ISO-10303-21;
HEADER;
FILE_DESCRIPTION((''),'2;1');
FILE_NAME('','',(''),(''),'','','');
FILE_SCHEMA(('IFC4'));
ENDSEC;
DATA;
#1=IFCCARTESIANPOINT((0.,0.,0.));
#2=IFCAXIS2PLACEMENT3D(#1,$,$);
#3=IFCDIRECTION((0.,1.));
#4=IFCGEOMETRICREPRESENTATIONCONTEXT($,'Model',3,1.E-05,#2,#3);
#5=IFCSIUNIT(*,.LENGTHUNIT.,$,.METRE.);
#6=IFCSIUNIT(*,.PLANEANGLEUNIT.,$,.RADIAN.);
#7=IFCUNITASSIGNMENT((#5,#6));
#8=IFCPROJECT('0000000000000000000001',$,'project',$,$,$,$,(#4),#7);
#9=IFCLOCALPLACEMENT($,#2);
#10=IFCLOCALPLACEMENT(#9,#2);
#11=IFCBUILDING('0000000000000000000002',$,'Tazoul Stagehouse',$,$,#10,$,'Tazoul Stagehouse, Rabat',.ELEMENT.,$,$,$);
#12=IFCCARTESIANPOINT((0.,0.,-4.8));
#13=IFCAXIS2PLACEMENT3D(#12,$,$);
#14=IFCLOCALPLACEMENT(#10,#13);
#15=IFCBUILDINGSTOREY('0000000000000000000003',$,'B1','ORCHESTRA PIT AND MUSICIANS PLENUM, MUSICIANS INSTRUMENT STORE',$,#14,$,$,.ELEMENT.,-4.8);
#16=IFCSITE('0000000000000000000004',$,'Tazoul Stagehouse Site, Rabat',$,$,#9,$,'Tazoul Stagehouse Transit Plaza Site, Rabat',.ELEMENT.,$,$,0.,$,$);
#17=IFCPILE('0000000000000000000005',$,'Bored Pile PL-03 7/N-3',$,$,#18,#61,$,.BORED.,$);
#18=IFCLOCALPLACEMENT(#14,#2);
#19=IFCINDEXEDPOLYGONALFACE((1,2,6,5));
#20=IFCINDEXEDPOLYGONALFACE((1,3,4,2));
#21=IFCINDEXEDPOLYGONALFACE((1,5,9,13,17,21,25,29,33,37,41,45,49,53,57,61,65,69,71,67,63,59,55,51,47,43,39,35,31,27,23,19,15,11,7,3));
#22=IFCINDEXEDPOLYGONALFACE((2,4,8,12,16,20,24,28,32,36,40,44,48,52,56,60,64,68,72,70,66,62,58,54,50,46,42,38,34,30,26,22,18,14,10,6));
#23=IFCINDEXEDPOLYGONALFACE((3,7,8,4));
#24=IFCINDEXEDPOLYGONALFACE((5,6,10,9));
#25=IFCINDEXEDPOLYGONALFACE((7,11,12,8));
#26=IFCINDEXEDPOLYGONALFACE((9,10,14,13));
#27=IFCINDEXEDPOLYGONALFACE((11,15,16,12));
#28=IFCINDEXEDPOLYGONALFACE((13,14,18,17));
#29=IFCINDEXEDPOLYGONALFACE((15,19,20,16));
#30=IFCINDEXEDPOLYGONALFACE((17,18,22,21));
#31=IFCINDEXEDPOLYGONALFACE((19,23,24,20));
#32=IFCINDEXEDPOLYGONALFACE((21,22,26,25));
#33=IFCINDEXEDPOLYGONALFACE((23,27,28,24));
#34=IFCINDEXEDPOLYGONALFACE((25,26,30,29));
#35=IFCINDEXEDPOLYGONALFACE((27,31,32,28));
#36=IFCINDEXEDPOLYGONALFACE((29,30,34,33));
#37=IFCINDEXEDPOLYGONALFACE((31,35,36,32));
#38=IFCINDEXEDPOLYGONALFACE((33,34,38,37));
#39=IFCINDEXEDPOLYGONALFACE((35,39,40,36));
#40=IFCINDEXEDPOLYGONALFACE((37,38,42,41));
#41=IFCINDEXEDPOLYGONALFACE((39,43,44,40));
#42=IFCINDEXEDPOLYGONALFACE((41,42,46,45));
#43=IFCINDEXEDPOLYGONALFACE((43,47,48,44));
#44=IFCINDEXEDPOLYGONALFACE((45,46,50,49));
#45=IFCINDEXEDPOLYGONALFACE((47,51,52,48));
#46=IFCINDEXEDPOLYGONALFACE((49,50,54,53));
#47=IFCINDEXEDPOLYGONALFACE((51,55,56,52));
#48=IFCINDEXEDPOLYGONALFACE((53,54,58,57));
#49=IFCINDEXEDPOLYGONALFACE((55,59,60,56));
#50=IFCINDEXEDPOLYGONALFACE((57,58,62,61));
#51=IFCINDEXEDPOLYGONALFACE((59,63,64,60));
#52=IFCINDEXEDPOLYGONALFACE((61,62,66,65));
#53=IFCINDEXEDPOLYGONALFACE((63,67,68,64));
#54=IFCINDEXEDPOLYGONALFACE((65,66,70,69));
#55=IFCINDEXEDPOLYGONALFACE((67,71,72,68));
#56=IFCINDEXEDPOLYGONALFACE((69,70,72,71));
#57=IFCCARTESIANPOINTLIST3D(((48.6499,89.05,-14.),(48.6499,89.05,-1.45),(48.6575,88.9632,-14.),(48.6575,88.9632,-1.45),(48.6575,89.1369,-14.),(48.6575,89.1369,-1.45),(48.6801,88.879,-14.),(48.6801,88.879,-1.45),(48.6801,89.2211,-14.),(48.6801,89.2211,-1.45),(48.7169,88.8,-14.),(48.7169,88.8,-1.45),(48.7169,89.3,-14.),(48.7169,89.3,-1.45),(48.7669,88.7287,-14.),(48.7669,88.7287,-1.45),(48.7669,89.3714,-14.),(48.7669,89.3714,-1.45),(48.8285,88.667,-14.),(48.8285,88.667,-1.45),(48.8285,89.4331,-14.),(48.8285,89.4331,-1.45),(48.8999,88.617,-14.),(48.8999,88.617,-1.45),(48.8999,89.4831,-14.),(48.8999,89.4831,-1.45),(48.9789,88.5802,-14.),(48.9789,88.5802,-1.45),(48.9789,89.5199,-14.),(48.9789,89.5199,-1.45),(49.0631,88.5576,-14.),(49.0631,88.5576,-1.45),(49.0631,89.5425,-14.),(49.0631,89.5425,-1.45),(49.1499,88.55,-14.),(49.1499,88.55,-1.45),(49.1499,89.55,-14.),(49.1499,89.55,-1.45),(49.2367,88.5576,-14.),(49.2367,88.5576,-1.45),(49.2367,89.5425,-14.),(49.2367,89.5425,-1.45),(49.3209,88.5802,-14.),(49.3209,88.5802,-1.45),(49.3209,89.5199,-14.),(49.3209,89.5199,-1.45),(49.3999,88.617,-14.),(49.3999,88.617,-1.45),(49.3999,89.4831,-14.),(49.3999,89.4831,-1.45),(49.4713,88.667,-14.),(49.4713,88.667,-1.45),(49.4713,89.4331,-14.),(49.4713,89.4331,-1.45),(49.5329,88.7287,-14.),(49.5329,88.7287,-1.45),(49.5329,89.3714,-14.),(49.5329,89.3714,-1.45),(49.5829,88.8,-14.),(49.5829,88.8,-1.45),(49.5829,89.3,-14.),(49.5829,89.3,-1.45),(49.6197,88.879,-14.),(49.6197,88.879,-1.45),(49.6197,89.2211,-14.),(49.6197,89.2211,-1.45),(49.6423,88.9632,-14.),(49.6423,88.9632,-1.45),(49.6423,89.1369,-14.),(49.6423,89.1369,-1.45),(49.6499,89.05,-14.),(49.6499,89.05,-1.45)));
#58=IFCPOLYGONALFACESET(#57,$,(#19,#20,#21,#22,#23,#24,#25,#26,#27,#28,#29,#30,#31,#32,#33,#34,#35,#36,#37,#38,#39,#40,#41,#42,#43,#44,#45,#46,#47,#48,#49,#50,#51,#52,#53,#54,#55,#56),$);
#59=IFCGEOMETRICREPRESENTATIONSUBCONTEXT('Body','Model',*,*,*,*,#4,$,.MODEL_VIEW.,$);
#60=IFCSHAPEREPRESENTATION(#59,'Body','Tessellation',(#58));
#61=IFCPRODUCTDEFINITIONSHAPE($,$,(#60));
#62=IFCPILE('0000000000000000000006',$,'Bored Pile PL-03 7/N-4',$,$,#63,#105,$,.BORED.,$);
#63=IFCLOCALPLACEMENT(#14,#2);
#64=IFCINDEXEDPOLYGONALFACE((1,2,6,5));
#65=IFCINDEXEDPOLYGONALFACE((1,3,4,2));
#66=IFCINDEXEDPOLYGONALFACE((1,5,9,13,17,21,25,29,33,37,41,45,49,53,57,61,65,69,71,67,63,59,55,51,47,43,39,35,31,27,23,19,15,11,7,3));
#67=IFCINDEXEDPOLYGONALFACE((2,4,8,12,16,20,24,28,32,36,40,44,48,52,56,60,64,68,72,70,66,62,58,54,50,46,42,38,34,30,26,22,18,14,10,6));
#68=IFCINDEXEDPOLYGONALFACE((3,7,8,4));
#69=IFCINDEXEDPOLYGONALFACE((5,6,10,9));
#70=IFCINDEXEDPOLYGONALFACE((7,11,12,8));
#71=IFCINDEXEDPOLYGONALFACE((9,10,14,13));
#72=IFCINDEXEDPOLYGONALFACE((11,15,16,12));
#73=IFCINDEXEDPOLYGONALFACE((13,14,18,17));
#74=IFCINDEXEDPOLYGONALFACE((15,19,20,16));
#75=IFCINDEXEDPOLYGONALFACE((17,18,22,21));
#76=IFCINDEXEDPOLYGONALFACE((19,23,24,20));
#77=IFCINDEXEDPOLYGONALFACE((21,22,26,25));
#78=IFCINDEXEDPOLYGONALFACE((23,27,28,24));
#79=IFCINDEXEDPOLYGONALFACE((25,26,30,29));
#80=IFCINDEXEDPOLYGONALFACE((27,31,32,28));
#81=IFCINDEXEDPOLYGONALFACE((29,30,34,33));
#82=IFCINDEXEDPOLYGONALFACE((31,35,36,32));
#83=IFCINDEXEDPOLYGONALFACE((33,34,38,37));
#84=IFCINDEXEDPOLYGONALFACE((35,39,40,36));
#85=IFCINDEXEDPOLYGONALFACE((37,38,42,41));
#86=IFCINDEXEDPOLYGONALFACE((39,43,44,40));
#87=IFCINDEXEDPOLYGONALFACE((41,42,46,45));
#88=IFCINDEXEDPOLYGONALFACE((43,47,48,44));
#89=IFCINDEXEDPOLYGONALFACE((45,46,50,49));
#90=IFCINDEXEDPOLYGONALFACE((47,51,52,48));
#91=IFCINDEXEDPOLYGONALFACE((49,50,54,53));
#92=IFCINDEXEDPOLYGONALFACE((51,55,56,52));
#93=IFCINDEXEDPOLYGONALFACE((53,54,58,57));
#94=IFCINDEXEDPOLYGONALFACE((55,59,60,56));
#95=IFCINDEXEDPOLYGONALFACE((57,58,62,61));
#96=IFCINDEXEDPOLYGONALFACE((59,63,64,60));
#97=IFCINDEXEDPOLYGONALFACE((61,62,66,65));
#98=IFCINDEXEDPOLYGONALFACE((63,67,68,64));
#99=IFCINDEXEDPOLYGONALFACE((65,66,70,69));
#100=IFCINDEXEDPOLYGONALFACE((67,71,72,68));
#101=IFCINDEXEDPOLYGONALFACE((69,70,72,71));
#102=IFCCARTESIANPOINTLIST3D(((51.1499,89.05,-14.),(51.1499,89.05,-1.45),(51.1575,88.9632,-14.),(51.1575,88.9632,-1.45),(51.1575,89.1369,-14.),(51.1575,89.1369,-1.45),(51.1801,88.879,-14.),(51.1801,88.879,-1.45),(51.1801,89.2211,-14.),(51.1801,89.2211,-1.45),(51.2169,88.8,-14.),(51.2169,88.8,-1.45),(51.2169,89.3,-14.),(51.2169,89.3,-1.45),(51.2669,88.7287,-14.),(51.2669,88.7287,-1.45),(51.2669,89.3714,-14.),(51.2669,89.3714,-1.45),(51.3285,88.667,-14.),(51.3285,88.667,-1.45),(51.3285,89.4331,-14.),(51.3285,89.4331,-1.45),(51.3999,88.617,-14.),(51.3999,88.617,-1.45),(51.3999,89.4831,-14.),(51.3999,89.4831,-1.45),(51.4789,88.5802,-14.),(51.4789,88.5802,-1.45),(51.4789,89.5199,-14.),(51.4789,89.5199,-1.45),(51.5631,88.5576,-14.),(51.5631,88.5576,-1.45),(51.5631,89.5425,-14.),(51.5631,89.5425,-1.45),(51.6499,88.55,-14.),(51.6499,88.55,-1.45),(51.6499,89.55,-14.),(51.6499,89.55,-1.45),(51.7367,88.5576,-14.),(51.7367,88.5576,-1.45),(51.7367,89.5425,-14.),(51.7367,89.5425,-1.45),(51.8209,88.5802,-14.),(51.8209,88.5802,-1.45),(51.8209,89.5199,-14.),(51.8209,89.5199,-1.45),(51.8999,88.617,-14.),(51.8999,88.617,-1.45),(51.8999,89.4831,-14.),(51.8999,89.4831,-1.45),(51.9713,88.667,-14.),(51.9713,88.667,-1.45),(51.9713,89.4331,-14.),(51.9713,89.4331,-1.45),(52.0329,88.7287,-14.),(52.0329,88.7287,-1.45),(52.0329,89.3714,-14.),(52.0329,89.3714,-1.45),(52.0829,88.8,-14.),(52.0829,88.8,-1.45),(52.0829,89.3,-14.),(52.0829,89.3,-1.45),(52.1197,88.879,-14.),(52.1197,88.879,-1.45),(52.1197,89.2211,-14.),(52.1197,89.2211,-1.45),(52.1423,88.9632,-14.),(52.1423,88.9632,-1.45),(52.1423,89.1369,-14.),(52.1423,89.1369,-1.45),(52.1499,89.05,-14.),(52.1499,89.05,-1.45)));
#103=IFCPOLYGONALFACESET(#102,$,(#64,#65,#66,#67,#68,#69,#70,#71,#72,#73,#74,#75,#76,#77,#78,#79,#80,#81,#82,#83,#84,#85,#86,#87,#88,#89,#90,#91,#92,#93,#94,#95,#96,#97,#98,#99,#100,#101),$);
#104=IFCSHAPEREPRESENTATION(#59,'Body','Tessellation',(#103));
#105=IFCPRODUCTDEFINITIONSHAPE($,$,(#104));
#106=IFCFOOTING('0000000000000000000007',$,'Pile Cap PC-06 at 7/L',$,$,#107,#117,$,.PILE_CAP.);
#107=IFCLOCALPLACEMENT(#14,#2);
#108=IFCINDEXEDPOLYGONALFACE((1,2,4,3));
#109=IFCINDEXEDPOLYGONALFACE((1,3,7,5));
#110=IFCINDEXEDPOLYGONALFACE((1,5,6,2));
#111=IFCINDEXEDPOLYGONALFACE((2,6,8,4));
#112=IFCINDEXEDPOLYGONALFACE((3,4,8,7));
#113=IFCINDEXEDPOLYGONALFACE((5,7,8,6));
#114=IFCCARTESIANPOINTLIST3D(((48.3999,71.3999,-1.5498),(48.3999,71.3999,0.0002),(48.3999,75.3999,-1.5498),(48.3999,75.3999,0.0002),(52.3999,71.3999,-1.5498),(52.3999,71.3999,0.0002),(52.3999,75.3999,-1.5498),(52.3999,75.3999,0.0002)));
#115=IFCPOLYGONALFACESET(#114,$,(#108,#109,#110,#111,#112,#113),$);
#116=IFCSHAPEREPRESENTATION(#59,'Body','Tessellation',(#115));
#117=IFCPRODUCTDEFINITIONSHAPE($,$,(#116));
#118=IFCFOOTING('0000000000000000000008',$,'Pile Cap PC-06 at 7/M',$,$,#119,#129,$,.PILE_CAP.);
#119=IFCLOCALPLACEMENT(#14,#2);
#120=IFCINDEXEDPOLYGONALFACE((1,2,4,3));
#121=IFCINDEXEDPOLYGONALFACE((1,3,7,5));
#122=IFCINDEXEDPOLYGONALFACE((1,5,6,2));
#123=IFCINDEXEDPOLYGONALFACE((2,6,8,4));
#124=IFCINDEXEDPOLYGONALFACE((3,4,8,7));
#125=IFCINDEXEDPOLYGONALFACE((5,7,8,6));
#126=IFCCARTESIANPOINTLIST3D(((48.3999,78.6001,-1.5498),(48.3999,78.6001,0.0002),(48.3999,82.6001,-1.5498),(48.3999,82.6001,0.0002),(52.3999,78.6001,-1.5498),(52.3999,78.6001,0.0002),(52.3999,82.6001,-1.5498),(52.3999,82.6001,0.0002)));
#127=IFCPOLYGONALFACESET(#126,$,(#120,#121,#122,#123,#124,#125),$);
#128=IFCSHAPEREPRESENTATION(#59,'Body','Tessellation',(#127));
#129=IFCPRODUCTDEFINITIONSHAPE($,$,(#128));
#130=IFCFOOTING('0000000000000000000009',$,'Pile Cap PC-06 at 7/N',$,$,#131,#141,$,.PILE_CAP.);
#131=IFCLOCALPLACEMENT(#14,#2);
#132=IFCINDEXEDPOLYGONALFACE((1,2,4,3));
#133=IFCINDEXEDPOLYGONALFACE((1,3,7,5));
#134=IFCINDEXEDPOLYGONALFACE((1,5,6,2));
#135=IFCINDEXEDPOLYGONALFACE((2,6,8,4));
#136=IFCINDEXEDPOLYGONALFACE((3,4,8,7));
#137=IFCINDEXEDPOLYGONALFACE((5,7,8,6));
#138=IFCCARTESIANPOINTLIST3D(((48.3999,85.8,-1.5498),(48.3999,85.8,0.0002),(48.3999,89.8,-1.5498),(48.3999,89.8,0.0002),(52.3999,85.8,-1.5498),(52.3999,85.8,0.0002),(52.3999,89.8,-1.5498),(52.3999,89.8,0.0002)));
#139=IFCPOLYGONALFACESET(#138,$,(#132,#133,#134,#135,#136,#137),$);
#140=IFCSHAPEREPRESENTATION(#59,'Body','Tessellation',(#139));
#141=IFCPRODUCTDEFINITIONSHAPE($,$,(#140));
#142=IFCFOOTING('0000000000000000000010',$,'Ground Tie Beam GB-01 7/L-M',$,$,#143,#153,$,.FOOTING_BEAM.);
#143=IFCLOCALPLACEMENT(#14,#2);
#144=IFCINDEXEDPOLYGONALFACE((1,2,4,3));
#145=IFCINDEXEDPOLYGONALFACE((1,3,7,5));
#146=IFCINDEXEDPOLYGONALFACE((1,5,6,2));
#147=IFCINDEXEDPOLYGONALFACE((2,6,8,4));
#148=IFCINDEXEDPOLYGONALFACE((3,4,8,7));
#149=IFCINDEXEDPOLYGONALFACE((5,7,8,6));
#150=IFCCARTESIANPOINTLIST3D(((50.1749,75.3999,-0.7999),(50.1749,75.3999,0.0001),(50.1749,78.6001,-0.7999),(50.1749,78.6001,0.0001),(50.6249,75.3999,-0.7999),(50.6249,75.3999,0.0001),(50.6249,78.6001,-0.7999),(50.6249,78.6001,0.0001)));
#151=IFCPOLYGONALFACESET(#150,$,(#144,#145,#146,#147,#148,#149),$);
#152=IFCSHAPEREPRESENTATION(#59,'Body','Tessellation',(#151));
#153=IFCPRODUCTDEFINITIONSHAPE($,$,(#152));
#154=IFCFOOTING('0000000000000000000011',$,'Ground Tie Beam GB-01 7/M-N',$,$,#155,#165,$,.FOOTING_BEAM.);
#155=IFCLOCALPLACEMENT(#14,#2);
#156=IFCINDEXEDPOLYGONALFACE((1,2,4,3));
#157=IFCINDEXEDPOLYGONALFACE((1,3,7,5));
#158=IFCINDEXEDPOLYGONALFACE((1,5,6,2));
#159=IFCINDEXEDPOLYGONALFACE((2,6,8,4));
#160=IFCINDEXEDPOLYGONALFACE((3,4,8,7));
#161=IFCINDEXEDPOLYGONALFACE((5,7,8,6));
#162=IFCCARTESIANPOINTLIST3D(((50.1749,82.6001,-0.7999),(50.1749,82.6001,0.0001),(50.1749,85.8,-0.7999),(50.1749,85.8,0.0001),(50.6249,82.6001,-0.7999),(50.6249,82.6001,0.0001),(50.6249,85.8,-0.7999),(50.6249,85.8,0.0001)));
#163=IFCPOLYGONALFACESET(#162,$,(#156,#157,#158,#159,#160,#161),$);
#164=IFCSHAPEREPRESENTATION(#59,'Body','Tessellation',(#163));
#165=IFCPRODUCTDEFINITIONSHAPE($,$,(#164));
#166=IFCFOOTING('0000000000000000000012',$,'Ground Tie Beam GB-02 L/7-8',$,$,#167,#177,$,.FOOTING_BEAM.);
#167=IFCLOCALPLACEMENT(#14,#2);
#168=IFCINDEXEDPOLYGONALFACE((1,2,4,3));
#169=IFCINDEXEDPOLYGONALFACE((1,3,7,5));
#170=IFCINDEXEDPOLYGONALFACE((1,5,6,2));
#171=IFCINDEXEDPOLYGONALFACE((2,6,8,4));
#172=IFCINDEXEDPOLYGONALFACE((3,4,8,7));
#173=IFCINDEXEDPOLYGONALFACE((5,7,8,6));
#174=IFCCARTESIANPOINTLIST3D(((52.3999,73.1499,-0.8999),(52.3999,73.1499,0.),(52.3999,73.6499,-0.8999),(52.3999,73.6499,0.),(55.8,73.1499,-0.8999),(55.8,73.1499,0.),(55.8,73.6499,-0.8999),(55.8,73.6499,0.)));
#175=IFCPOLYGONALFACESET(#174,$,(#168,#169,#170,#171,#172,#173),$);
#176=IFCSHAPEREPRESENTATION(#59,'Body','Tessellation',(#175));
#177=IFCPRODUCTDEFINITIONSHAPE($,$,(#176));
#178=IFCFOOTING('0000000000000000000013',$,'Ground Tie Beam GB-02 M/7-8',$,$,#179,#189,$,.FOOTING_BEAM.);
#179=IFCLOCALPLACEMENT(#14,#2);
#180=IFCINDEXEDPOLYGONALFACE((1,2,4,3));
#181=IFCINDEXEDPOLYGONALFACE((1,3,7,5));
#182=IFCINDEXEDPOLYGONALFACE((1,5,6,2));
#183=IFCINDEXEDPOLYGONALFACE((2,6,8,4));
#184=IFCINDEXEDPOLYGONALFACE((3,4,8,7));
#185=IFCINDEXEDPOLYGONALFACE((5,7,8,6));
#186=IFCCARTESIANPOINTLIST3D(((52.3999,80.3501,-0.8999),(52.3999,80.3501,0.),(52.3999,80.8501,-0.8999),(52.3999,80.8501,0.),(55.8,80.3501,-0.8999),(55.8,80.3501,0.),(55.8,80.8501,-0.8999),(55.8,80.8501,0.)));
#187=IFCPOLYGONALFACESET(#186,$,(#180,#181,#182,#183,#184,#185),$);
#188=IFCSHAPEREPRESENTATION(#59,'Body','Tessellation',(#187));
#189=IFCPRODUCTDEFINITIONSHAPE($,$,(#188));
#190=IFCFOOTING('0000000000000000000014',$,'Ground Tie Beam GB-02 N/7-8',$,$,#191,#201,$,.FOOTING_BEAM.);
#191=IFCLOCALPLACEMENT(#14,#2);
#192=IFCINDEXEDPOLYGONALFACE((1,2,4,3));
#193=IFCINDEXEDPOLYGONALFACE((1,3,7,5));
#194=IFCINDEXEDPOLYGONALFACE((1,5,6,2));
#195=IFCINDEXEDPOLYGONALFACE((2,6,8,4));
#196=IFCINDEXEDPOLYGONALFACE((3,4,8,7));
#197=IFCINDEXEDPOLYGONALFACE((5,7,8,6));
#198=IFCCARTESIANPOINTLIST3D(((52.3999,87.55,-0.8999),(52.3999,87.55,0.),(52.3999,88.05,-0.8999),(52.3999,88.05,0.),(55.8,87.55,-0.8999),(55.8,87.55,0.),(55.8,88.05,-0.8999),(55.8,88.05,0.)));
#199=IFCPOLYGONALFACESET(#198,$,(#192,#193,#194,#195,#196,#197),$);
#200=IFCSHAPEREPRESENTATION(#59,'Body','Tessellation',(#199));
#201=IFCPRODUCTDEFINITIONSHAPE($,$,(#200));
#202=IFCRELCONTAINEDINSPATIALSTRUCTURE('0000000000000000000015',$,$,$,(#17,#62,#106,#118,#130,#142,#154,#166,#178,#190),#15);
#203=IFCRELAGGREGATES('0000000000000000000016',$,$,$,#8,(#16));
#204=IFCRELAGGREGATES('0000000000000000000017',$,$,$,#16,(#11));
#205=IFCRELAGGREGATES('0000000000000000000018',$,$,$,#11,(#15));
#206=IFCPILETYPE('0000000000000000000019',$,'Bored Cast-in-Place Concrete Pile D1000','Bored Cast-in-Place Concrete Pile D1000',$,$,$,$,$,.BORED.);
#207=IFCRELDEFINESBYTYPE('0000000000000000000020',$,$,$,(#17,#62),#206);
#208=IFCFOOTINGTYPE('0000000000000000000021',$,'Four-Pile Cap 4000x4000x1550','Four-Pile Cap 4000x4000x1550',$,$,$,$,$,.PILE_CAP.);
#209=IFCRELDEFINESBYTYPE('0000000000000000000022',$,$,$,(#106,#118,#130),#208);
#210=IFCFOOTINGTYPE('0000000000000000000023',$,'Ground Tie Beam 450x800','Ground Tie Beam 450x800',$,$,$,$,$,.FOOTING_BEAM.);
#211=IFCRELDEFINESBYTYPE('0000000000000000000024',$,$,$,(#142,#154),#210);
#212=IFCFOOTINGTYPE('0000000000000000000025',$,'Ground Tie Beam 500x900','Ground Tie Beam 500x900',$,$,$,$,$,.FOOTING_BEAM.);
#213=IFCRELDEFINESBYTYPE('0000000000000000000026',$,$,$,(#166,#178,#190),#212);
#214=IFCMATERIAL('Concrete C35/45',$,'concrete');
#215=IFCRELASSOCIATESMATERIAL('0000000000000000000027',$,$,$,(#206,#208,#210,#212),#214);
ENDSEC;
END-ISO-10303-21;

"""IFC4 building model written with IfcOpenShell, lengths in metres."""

from ifc_helpers import new_model, si_unit, direction, frame, origin, origin_2d, place, context, subcontext, project, spatial, rectangle, circle, extrude, material, material_profile, profile_set, type_object, element, save


model = new_model("IFC4")

# Units and contexts
model_context = context("Model", 3, precision=1e-05, world=origin(), true_north=direction((0.0, 1.0)))
body_context = subcontext(model_context, "Body", "Model", "MODEL_VIEW")
ifc_project = project(units=[si_unit("LENGTHUNIT", "METRE"), si_unit("PLANEANGLEUNIT", "RADIAN")], contexts=[model_context])

# Site, building, storey
site_placement = place(None, origin())
site = spatial("IfcSite", under=ifc_project, at=site_placement, Name="Tazoul Stagehouse Site, Rabat", LongName="Tazoul Stagehouse Transit Plaza Site, Rabat", CompositionType="ELEMENT", RefElevation=0.0)
building_placement = place(site_placement, origin())
building = spatial("IfcBuilding", under=site, at=building_placement, Name="Tazoul Stagehouse", LongName="Tazoul Stagehouse, Rabat", CompositionType="ELEMENT")
storey_placement = place(building_placement, frame((0.0, 0.0, -4.8)))
storey = spatial("IfcBuildingStorey", under=building, at=storey_placement, Name="B1", Description="ORCHESTRA PIT AND MUSICIANS PLENUM, MUSICIANS INSTRUMENT STORE", CompositionType="ELEMENT", Elevation=-4.8)

# Piles
ifc_material_1 = material(Name="Concrete C35/45", Category="concrete")
ifc_material_profile_1 = material_profile(ifc_material_1, circle(Radius=0.5, at=origin_2d()), Name="BORED PILE 1000")
ifc_profile_set_1 = profile_set([ifc_material_profile_1], Name="Concrete C35/45")
pile_type = type_object("IfcPileType", Name="Bored Cast-in-Place Concrete Pile D1000", Description="Bored Cast-in-Place Concrete Pile D1000", PredefinedType="BORED", material=ifc_profile_set_1)
for number, where, z_axis, x_axis, name in (
    (1, (49.1499, 89.05, -1.45), (0.0, 0.0, -1.0), (1.0, 0.0, 0.0), "Bored Pile PL-03 7/N-3"),
    (2, (51.6499, 89.05, -1.45), (0.0, 0.0, -1.0), (1.0, 0.0, 0.0), "Bored Pile PL-03 7/N-4"),
):
    element("IfcPile", number, at=place(storey_placement, frame(where, z_axis=z_axis, x_axis=x_axis)), inside=storey, type_object=pile_type, Name=name, PredefinedType="BORED", context=body_context, shape_type="SweptSolid", body=[
        extrude(circle(Radius=0.5, at=origin_2d()), origin(), (0.0, 0.0, 1.0), 12.55),
    ])

# Footings
footing_type_1 = type_object("IfcFootingType", Name="Four-Pile Cap 4000x4000x1550", Description="Four-Pile Cap 4000x4000x1550", PredefinedType="PILE_CAP", material=ifc_material_1)
for number, where, z_axis, x_axis, name in (
    (3, (50.3999, 73.3999, -1.5498), (0.0, 0.0, 1.0), (1.0, 0.0, 0.0), "Pile Cap PC-06 at 7/L"),
    (4, (50.3999, 80.6001, -1.5498), (0.0, 0.0, 1.0), (1.0, 0.0, 0.0), "Pile Cap PC-06 at 7/M"),
    (5, (50.3999, 87.8, -1.5498), (0.0, 0.0, 1.0), (1.0, 0.0, 0.0), "Pile Cap PC-06 at 7/N"),
):
    element("IfcFooting", number, at=place(storey_placement, frame(where, z_axis=z_axis, x_axis=x_axis)), inside=storey, type_object=footing_type_1, Name=name, PredefinedType="PILE_CAP", context=body_context, shape_type="SweptSolid", body=[
        extrude(rectangle(XDim=4.0, YDim=4.0, at=origin_2d()), origin(), (0.0, 0.0, 1.0), 1.55),
    ])
ifc_material_profile_2 = material_profile(ifc_material_1, rectangle(XDim=0.45, YDim=0.8, at=origin_2d()), Name="RC 450x800")
ifc_profile_set_2 = profile_set([ifc_material_profile_2], Name="Concrete C35/45")
footing_type_2 = type_object("IfcFootingType", Name="Ground Tie Beam 450x800", Description="Ground Tie Beam 450x800", PredefinedType="FOOTING_BEAM", material=ifc_profile_set_2)
footing_1_placement = place(storey_placement, frame((50.3999, 75.3999, -0.3999), z_axis=(0.0, 1.0, 0.0), x_axis=(-1.0, 0.0, 0.0)))
element("IfcFooting", 6, at=footing_1_placement, inside=storey, type_object=footing_type_2, Name="Ground Tie Beam GB-01 7/L-M", PredefinedType="FOOTING_BEAM", context=body_context, shape_type="SweptSolid", body=[
    extrude(rectangle(XDim=0.45, YDim=0.8, at=origin_2d()), origin(), (0.0, 0.0, 1.0), 3.2002),
])
footing_2_placement = place(storey_placement, frame((50.3999, 82.6001, -0.3999), z_axis=(0.0, 1.0, 0.0), x_axis=(-1.0, 0.0, 0.0)))
element("IfcFooting", 7, at=footing_2_placement, inside=storey, type_object=footing_type_2, Name="Ground Tie Beam GB-01 7/M-N", PredefinedType="FOOTING_BEAM", context=body_context, shape_type="SweptSolid", body=[
    extrude(rectangle(XDim=0.45, YDim=0.8, at=origin_2d()), origin(), (0.0, 0.0, 1.0), 3.2),
])
ifc_material_profile_3 = material_profile(ifc_material_1, rectangle(XDim=0.5, YDim=0.8999, at=origin_2d()), Name="RC 500x900")
ifc_profile_set_3 = profile_set([ifc_material_profile_3], Name="Concrete C35/45")
footing_type_3 = type_object("IfcFootingType", Name="Ground Tie Beam 500x900", Description="Ground Tie Beam 500x900", PredefinedType="FOOTING_BEAM", material=ifc_profile_set_3)
for number, where, z_axis, x_axis, name in (
    (8, (52.3999, 73.3999, -0.45), (1.0, 0.0, 0.0), (0.0, 1.0, 0.0), "Ground Tie Beam GB-02 L/7-8"),
    (9, (52.3999, 80.6001, -0.45), (1.0, 0.0, 0.0), (0.0, 1.0, 0.0), "Ground Tie Beam GB-02 M/7-8"),
    (10, (52.3999, 87.8, -0.45), (1.0, 0.0, 0.0), (0.0, 1.0, 0.0), "Ground Tie Beam GB-02 N/7-8"),
):
    element("IfcFooting", number, at=place(storey_placement, frame(where, z_axis=z_axis, x_axis=x_axis)), inside=storey, type_object=footing_type_3, Name=name, PredefinedType="FOOTING_BEAM", context=body_context, shape_type="SweptSolid", body=[
        extrude(rectangle(XDim=0.5, YDim=0.8999, at=origin_2d()), origin(), (0.0, 0.0, 1.0), 3.4001),
    ])

save(model, "model.ifc")
